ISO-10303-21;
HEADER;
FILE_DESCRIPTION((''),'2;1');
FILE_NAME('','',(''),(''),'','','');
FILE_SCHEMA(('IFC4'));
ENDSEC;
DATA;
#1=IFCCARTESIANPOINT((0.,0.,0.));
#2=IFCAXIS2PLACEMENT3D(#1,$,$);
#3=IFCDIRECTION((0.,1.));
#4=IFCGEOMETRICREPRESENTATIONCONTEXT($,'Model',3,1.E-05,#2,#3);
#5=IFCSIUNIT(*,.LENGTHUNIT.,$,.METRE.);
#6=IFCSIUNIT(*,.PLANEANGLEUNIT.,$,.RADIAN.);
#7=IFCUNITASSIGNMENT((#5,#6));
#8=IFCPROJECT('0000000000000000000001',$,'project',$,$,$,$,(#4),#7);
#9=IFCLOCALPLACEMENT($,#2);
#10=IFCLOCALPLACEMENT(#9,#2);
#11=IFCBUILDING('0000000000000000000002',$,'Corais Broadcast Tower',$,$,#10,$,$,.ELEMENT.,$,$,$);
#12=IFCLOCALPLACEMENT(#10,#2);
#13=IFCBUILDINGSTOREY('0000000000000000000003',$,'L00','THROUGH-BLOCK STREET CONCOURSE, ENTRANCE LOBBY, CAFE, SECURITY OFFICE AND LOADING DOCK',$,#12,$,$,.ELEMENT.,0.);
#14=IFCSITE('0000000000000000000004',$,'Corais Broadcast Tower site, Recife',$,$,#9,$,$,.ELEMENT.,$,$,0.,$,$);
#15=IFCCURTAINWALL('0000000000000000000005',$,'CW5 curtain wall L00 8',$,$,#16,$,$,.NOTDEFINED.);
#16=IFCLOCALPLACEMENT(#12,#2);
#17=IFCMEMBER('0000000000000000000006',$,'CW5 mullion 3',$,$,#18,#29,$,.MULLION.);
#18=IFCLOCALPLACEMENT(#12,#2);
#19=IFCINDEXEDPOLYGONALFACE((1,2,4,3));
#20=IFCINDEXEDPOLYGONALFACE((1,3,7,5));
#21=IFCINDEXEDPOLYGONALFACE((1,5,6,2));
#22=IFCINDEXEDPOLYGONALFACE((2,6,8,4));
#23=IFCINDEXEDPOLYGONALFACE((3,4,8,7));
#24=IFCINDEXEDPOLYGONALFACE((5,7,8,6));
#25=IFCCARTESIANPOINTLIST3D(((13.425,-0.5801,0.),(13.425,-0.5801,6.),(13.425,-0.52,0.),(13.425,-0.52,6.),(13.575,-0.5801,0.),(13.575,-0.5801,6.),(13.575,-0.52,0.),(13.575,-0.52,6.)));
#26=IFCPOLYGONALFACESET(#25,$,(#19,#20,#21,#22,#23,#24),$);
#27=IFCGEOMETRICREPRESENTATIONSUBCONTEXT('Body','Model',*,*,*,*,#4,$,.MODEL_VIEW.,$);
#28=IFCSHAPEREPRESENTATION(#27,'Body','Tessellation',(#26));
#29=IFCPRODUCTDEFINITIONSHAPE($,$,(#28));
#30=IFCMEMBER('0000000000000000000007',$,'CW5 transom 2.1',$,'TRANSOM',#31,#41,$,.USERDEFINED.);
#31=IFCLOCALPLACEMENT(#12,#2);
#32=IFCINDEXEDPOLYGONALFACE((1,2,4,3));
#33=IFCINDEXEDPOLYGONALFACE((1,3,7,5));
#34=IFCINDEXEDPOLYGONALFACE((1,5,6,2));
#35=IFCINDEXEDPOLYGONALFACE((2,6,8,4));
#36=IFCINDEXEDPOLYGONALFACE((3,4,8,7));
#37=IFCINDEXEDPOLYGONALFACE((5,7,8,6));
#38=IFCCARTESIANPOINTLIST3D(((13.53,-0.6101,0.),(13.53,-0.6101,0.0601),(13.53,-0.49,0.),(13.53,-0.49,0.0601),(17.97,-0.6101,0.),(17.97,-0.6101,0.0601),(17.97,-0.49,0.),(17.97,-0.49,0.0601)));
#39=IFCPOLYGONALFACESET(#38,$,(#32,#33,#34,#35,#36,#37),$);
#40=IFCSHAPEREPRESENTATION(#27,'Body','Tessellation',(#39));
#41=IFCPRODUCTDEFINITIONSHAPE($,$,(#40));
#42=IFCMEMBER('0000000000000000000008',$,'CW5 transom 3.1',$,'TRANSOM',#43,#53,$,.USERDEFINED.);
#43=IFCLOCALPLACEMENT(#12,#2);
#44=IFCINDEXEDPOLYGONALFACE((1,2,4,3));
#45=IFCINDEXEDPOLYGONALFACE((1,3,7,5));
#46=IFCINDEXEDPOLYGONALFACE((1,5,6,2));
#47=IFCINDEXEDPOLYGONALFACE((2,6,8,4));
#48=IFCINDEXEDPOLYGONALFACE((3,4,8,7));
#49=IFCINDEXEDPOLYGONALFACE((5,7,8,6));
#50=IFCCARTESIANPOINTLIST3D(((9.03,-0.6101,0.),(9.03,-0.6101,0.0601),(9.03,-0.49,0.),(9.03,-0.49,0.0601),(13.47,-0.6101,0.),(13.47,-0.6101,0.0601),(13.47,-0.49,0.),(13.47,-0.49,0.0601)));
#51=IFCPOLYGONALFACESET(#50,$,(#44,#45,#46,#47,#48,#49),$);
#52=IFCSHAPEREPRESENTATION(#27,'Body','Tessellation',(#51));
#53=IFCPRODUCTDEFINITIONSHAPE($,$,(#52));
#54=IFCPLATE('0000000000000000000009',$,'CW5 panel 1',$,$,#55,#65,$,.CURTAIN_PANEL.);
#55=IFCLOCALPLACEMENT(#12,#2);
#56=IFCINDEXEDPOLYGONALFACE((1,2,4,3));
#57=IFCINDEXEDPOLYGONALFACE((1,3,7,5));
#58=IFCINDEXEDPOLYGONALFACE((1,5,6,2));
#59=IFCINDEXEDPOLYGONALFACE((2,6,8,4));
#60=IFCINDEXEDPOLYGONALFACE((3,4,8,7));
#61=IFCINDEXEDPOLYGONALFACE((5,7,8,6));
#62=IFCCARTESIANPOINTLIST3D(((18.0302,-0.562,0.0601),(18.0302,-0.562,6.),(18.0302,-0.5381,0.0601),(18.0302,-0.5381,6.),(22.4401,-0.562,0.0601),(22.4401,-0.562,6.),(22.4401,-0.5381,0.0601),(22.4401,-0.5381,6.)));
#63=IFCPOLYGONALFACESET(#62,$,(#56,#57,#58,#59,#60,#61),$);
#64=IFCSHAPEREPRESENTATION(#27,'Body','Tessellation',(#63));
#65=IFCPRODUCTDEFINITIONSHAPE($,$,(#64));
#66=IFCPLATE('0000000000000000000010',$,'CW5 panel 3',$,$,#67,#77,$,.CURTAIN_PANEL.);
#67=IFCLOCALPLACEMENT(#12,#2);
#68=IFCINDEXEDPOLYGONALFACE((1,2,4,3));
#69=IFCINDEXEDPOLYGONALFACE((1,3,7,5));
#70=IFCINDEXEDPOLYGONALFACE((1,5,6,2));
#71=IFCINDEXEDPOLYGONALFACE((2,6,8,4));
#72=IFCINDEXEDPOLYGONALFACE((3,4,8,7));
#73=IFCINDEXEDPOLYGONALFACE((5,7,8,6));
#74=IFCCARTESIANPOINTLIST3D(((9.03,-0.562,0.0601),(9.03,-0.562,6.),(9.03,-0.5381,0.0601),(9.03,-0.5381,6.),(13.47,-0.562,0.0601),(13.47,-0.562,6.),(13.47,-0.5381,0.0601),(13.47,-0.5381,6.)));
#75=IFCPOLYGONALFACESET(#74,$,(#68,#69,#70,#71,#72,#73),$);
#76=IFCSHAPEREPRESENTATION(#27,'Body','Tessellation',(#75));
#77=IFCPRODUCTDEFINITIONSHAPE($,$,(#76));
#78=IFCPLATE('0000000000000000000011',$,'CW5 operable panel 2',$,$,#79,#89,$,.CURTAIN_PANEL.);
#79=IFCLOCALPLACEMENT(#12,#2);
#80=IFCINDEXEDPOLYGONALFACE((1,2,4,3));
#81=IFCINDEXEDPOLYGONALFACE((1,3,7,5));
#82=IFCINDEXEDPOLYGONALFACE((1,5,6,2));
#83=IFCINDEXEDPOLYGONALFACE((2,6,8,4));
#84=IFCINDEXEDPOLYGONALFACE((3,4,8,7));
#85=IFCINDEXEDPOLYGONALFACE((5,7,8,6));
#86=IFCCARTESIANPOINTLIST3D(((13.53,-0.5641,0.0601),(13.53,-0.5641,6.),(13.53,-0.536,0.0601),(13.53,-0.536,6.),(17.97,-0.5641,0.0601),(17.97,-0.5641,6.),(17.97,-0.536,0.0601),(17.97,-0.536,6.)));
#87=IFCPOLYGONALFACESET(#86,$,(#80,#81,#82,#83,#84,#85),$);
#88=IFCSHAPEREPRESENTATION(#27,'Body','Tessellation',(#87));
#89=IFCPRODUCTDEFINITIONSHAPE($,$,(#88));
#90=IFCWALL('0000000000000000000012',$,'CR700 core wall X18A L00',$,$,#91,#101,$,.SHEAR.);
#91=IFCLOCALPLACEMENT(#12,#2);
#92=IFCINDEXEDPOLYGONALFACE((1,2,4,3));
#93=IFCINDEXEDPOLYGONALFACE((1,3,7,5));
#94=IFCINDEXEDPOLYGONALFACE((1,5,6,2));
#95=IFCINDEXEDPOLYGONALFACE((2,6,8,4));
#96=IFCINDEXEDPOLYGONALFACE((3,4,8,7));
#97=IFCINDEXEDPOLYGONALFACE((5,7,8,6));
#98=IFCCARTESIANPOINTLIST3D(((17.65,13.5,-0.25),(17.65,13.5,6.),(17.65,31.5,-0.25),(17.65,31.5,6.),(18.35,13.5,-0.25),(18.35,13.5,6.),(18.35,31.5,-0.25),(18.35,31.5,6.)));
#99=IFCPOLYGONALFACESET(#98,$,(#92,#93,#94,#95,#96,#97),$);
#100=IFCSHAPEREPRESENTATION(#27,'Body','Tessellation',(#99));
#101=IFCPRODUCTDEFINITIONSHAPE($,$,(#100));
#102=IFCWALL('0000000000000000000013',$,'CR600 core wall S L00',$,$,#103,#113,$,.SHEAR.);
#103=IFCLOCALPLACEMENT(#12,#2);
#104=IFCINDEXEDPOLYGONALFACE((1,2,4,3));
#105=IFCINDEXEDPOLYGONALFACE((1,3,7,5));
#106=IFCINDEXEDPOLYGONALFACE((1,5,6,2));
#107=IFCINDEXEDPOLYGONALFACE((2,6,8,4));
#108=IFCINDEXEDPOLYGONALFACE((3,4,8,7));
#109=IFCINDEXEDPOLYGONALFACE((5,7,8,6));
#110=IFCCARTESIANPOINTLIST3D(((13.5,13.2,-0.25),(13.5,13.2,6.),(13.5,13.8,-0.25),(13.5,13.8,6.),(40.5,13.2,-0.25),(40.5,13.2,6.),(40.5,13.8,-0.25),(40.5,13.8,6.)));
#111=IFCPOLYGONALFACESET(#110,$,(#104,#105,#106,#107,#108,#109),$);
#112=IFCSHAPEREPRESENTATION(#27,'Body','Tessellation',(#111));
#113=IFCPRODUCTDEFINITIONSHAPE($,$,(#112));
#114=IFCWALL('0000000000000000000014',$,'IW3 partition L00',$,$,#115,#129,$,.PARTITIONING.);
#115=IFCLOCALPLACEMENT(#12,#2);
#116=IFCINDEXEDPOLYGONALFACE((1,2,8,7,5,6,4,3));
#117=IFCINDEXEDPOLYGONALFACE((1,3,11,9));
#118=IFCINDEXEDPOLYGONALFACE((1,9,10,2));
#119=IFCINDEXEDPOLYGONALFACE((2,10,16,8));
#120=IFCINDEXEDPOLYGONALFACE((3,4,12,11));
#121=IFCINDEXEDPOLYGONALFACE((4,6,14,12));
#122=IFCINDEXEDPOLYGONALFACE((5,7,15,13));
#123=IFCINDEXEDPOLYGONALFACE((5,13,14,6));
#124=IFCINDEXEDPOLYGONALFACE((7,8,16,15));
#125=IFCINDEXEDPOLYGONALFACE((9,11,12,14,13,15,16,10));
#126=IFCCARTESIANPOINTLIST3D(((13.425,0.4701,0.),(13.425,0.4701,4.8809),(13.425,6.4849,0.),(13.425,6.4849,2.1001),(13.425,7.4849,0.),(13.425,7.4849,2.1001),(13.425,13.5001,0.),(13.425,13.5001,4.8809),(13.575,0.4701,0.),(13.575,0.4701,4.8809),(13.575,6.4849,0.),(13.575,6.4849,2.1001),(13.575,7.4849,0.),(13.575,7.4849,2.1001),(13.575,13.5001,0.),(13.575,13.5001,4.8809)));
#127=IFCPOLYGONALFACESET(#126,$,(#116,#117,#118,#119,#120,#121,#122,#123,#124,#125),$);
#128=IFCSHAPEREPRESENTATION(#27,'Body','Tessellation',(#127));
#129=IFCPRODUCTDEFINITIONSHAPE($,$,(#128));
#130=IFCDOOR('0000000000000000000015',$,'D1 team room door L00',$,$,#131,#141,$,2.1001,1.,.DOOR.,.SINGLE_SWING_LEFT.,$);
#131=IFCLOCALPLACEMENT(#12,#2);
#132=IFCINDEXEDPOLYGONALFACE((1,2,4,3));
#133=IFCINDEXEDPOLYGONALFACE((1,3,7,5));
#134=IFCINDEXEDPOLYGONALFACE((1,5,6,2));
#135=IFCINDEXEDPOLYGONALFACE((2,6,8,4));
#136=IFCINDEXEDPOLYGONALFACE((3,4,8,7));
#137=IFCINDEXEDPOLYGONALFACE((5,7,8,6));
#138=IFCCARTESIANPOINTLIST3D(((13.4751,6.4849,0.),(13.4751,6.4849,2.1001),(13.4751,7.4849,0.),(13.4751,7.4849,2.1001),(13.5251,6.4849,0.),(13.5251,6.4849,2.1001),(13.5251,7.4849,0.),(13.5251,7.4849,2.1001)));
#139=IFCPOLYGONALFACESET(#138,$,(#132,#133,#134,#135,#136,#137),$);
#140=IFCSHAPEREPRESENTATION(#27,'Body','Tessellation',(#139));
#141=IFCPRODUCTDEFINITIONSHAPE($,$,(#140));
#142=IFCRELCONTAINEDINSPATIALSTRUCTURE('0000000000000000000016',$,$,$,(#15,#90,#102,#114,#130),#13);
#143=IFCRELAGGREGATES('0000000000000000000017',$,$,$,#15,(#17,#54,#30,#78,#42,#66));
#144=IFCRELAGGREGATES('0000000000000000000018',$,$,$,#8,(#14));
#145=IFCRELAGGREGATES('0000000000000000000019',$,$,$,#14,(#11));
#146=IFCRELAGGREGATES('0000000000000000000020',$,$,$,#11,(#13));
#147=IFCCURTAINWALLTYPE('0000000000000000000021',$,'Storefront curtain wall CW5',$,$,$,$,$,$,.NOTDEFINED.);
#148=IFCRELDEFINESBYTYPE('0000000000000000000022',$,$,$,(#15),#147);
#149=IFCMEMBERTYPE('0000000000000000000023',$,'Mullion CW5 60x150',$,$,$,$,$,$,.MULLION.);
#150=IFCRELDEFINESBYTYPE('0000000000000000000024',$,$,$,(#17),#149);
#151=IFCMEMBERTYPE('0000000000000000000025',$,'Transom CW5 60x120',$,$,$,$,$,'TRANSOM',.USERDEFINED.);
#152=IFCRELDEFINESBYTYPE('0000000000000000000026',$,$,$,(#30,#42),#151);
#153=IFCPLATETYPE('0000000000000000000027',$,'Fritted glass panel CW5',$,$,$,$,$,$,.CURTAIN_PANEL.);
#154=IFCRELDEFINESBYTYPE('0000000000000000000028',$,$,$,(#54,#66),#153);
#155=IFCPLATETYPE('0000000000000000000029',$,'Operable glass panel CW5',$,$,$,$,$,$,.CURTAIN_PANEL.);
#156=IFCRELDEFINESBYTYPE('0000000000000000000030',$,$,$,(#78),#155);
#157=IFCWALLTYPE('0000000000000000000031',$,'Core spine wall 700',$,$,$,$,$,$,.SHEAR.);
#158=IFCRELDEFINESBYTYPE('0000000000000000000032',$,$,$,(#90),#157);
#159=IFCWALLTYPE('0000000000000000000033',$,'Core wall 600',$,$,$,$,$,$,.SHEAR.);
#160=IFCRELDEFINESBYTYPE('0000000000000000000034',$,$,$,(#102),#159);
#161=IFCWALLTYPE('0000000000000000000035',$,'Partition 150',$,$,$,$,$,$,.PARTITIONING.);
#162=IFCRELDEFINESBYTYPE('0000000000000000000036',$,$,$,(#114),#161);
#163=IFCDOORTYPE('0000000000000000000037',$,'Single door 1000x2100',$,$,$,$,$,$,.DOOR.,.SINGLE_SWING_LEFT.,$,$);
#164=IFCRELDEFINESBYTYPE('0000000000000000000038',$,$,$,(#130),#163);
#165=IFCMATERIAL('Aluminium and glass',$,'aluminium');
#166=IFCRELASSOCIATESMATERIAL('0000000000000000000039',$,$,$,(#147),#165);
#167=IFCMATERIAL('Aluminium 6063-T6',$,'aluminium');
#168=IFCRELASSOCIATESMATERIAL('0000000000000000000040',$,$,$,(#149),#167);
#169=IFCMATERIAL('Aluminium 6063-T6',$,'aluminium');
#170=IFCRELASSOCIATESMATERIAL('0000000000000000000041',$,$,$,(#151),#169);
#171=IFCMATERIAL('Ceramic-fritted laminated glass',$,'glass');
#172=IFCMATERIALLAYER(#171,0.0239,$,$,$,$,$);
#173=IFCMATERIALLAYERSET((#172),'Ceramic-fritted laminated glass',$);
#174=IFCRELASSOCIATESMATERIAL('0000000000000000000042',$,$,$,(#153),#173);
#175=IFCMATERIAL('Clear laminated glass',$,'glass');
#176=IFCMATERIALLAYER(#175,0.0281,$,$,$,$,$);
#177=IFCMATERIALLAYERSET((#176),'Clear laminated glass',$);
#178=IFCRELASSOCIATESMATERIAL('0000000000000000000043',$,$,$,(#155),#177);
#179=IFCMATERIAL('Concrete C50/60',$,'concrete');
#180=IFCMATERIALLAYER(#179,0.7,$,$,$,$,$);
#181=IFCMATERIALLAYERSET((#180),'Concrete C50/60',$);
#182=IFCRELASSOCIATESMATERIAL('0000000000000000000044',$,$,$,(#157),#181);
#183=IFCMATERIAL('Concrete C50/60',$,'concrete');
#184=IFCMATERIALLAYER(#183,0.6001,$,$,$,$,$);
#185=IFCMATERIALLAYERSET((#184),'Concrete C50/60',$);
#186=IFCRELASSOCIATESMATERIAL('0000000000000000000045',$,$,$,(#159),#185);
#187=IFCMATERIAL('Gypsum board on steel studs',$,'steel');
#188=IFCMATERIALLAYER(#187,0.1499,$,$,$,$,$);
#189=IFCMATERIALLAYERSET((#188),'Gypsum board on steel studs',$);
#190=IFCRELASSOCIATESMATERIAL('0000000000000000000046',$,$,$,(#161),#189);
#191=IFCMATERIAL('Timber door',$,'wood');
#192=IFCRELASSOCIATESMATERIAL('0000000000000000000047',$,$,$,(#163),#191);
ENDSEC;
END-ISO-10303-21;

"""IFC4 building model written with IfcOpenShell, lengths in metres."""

from ifc_helpers import new_model, si_unit, direction, frame, frame_2d, origin, origin_2d, place, context, subcontext, project, spatial, rectangle, extrude, material, layer, layer_set, material_profile, profile_set, type_object, element, fill, aggregate, save


model = new_model("IFC4")

# Units and contexts
model_context = context("Model", 3, precision=1e-05, world=origin(), true_north=direction((0.0, 1.0)))
body_context = subcontext(model_context, "Body", "Model", "MODEL_VIEW")
ifc_project = project(units=[si_unit("LENGTHUNIT", "METRE"), si_unit("PLANEANGLEUNIT", "RADIAN")], contexts=[model_context])

# Site, building, storey
site_placement = place(None, origin())
site = spatial("IfcSite", under=ifc_project, at=site_placement, Name="Corais Broadcast Tower site, Recife", CompositionType="ELEMENT", RefElevation=0.0)
building_placement = place(site_placement, origin())
building = spatial("IfcBuilding", under=site, at=building_placement, Name="Corais Broadcast Tower", CompositionType="ELEMENT")
storey_placement = place(building_placement, origin())
storey = spatial("IfcBuildingStorey", under=building, at=storey_placement, Name="L00", Description="THROUGH-BLOCK STREET CONCOURSE, ENTRANCE LOBBY, CAFE, SECURITY OFFICE AND LOADING DOCK", CompositionType="ELEMENT", Elevation=0.0)

# Curtain wall, members, plates
ifc_material_1 = material(Name="Aluminium and glass", Category="aluminium")
curtain_wall_type = type_object("IfcCurtainWallType", Name="Storefront curtain wall CW5", PredefinedType="NOTDEFINED", material=ifc_material_1)
curtain_wall_placement = place(storey_placement, origin())
curtain_wall = element("IfcCurtainWall", 1, at=curtain_wall_placement, inside=storey, type_object=curtain_wall_type, Name="CW5 curtain wall L00 8", PredefinedType="NOTDEFINED")
ifc_material_2 = material(Name="Aluminium 6063-T6", Category="aluminium")
ifc_material_profile_1 = material_profile(ifc_material_2, rectangle(XDim=0.0601, YDim=0.1499, at=origin_2d()), Name="Mullion CW5 60x150")
ifc_profile_set_1 = profile_set([ifc_material_profile_1], Name="Aluminium 6063-T6")
member_type_1 = type_object("IfcMemberType", Name="Mullion CW5 60x150", PredefinedType="MULLION", material=ifc_profile_set_1)
member_1_placement = place(storey_placement, frame((13.5, -0.55, 0.0), z_axis=(0.0, 0.0, 1.0), x_axis=(0.0, -1.0, 0.0)))
member_1 = element("IfcMember", 2, at=member_1_placement, type_object=member_type_1, Name="CW5 mullion 3", PredefinedType="MULLION", context=body_context, shape_type="SweptSolid", body=[
    extrude(rectangle(XDim=0.0601, YDim=0.1499, at=origin_2d()), origin(), (0.0, 0.0, 1.0), 6.0),
])
ifc_material_3 = material(Name="Aluminium 6063-T6", Category="aluminium")
ifc_material_profile_2 = material_profile(ifc_material_3, rectangle(XDim=0.1201, YDim=0.0601, at=origin_2d()), Name="Transom CW5 60x120")
ifc_profile_set_2 = profile_set([ifc_material_profile_2], Name="Aluminium 6063-T6")
member_type_2 = type_object("IfcMemberType", Name="Transom CW5 60x120", ElementType="TRANSOM", PredefinedType="USERDEFINED", material=ifc_profile_set_2)
member_2_placement = place(storey_placement, frame((17.97, -0.55, 0.03), z_axis=(-1.0, 0.0, 0.0), x_axis=(0.0, -1.0, 0.0)))
member_2 = element("IfcMember", 3, at=member_2_placement, type_object=member_type_2, Name="CW5 transom 2.1", ObjectType="TRANSOM", PredefinedType="USERDEFINED", context=body_context, shape_type="SweptSolid", body=[
    extrude(rectangle(XDim=0.1201, YDim=0.0601, at=origin_2d()), origin(), (0.0, 0.0, 1.0), 4.4399),
])
member_3_placement = place(storey_placement, frame((13.47, -0.55, 0.03), z_axis=(-1.0, 0.0, 0.0), x_axis=(0.0, -1.0, 0.0)))
member_3 = element("IfcMember", 4, at=member_3_placement, type_object=member_type_2, Name="CW5 transom 3.1", ObjectType="TRANSOM", PredefinedType="USERDEFINED", context=body_context, shape_type="SweptSolid", body=[
    extrude(rectangle(XDim=0.1201, YDim=0.0601, at=origin_2d()), origin(), (0.0, 0.0, 1.0), 4.4399),
])
ifc_material_4 = material(Name="Ceramic-fritted laminated glass", Category="glass")
ifc_layer_1 = layer(ifc_material_4, 0.0239)
ifc_layer_set_1 = layer_set([ifc_layer_1], Name="Ceramic-fritted laminated glass")
plate_type_1 = type_object("IfcPlateType", Name="Fritted glass panel CW5", PredefinedType="CURTAIN_PANEL", material=ifc_layer_set_1)
plate_1_placement = place(storey_placement, frame((20.2351, -0.55, 0.0601), z_axis=(0.0, 0.0, 1.0), x_axis=(-1.0, 0.0, 0.0)))
plate_1 = element("IfcPlate", 5, at=plate_1_placement, type_object=plate_type_1, Name="CW5 panel 1", PredefinedType="CURTAIN_PANEL", context=body_context, shape_type="SweptSolid", body=[
    extrude(rectangle(XDim=4.4099, YDim=0.0239, at=origin_2d()), origin(), (0.0, 0.0, 1.0), 5.9399),
])
plate_2_placement = place(storey_placement, frame((11.25, -0.55, 0.0601), z_axis=(0.0, 0.0, 1.0), x_axis=(-1.0, 0.0, 0.0)))
plate_2 = element("IfcPlate", 6, at=plate_2_placement, type_object=plate_type_1, Name="CW5 panel 3", PredefinedType="CURTAIN_PANEL", context=body_context, shape_type="SweptSolid", body=[
    extrude(rectangle(XDim=4.4399, YDim=0.0239, at=origin_2d()), origin(), (0.0, 0.0, 1.0), 5.9399),
])
ifc_material_5 = material(Name="Clear laminated glass", Category="glass")
ifc_layer_2 = layer(ifc_material_5, 0.0281)
ifc_layer_set_2 = layer_set([ifc_layer_2], Name="Clear laminated glass")
plate_type_2 = type_object("IfcPlateType", Name="Operable glass panel CW5", PredefinedType="CURTAIN_PANEL", material=ifc_layer_set_2)
plate_3_placement = place(storey_placement, frame((15.75, -0.55, 0.0601), z_axis=(0.0, 0.0, 1.0), x_axis=(-1.0, 0.0, 0.0)))
plate_3 = element("IfcPlate", 7, at=plate_3_placement, type_object=plate_type_2, Name="CW5 operable panel 2", PredefinedType="CURTAIN_PANEL", context=body_context, shape_type="SweptSolid", body=[
    extrude(rectangle(XDim=4.4399, YDim=0.0281, at=origin_2d()), origin(), (0.0, 0.0, 1.0), 5.9399),
])
aggregate(curtain_wall, [member_1, plate_1, member_2, plate_3, member_3, plate_2])

# Walls
ifc_material_6 = material(Name="Concrete C50/60", Category="concrete")
ifc_layer_3 = layer(ifc_material_6, 0.7)
ifc_layer_set_3 = layer_set([ifc_layer_3], Name="Concrete C50/60")
wall_type_1 = type_object("IfcWallType", Name="Core spine wall 700", PredefinedType="SHEAR", material=ifc_layer_set_3)
wall_1_placement = place(storey_placement, frame((18.0, 13.5, -0.25), z_axis=(0.0, 0.0, 1.0), x_axis=(0.0, 1.0, 0.0)))
element("IfcWall", 8, at=wall_1_placement, inside=storey, type_object=wall_type_1, Name="CR700 core wall X18A L00", PredefinedType="SHEAR", context=body_context, shape_type="SweptSolid", body=[
    extrude(rectangle(XDim=18.0, YDim=0.7, at=frame_2d((9.0, 0.0))), origin(), (0.0, 0.0, 1.0), 6.25),
])
ifc_material_7 = material(Name="Concrete C50/60", Category="concrete")
ifc_layer_4 = layer(ifc_material_7, 0.6001)
ifc_layer_set_4 = layer_set([ifc_layer_4], Name="Concrete C50/60")
wall_type_2 = type_object("IfcWallType", Name="Core wall 600", PredefinedType="SHEAR", material=ifc_layer_set_4)
wall_2_placement = place(storey_placement, frame((13.5, 13.5, -0.25), z_axis=(0.0, 0.0, 1.0), x_axis=(1.0, 0.0, 0.0)))
element("IfcWall", 9, at=wall_2_placement, inside=storey, type_object=wall_type_2, Name="CR600 core wall S L00", PredefinedType="SHEAR", context=body_context, shape_type="SweptSolid", body=[
    extrude(rectangle(XDim=27.0, YDim=0.6001, at=frame_2d((13.5, 0.0))), origin(), (0.0, 0.0, 1.0), 6.25),
])

# Wall, opening, door
ifc_material_8 = material(Name="Gypsum board on steel studs", Category="steel")
ifc_layer_5 = layer(ifc_material_8, 0.1499)
ifc_layer_set_5 = layer_set([ifc_layer_5], Name="Gypsum board on steel studs")
wall_type_3 = type_object("IfcWallType", Name="Partition 150", PredefinedType="PARTITIONING", material=ifc_layer_set_5)
wall_3_placement = place(storey_placement, frame((13.5, 0.47, 0.0), z_axis=(0.0, 0.0, 1.0), x_axis=(0.0, 1.0, 0.0)))
wall_3 = element("IfcWall", 10, at=wall_3_placement, inside=storey, type_object=wall_type_3, Name="IW3 partition L00", PredefinedType="PARTITIONING", context=body_context, shape_type="SweptSolid", body=[
    extrude(rectangle(XDim=13.03, YDim=0.1499, at=frame_2d((6.5151, 0.0))), origin(), (0.0, 0.0, 1.0), 4.8809),
])
opening_placement = place(wall_3_placement, frame((6.0149, 0.0, 0.0)))
opening = element("IfcOpeningElement", 11, at=opening_placement, cuts=wall_3, PredefinedType="OPENING", context=body_context, shape_type="SweptSolid", body=[
    extrude(rectangle(XDim=1.0, YDim=2.1001, at=frame_2d((0.5, 1.05))), frame((0.0, 0.085, 0.0), z_axis=(0.0, -1.0, 0.0), x_axis=(1.0, 0.0, 0.0)), (0.0, 0.0, 1.0), 0.1699),
])
ifc_material_9 = material(Name="Timber door", Category="wood")
door_type = type_object("IfcDoorType", Name="Single door 1000x2100", OperationType="SINGLE_SWING_LEFT", PredefinedType="DOOR", material=ifc_material_9)
door_placement = place(opening_placement, origin())
door = element("IfcDoor", 12, at=door_placement, inside=storey, type_object=door_type, Name="D1 team room door L00", OperationType="SINGLE_SWING_LEFT", OverallHeight=2.1001, OverallWidth=1.0, PredefinedType="DOOR", context=body_context, shape_type="SweptSolid", body=[
    extrude(rectangle(XDim=1.0, YDim=2.1001, at=frame_2d((0.5, 1.05))), frame((0.0, 0.0249, 0.0), z_axis=(0.0, -1.0, 0.0), x_axis=(1.0, 0.0, 0.0)), (0.0, 0.0, 1.0), 0.05),
])
fill(opening, door)

save(model, "model.ifc")
